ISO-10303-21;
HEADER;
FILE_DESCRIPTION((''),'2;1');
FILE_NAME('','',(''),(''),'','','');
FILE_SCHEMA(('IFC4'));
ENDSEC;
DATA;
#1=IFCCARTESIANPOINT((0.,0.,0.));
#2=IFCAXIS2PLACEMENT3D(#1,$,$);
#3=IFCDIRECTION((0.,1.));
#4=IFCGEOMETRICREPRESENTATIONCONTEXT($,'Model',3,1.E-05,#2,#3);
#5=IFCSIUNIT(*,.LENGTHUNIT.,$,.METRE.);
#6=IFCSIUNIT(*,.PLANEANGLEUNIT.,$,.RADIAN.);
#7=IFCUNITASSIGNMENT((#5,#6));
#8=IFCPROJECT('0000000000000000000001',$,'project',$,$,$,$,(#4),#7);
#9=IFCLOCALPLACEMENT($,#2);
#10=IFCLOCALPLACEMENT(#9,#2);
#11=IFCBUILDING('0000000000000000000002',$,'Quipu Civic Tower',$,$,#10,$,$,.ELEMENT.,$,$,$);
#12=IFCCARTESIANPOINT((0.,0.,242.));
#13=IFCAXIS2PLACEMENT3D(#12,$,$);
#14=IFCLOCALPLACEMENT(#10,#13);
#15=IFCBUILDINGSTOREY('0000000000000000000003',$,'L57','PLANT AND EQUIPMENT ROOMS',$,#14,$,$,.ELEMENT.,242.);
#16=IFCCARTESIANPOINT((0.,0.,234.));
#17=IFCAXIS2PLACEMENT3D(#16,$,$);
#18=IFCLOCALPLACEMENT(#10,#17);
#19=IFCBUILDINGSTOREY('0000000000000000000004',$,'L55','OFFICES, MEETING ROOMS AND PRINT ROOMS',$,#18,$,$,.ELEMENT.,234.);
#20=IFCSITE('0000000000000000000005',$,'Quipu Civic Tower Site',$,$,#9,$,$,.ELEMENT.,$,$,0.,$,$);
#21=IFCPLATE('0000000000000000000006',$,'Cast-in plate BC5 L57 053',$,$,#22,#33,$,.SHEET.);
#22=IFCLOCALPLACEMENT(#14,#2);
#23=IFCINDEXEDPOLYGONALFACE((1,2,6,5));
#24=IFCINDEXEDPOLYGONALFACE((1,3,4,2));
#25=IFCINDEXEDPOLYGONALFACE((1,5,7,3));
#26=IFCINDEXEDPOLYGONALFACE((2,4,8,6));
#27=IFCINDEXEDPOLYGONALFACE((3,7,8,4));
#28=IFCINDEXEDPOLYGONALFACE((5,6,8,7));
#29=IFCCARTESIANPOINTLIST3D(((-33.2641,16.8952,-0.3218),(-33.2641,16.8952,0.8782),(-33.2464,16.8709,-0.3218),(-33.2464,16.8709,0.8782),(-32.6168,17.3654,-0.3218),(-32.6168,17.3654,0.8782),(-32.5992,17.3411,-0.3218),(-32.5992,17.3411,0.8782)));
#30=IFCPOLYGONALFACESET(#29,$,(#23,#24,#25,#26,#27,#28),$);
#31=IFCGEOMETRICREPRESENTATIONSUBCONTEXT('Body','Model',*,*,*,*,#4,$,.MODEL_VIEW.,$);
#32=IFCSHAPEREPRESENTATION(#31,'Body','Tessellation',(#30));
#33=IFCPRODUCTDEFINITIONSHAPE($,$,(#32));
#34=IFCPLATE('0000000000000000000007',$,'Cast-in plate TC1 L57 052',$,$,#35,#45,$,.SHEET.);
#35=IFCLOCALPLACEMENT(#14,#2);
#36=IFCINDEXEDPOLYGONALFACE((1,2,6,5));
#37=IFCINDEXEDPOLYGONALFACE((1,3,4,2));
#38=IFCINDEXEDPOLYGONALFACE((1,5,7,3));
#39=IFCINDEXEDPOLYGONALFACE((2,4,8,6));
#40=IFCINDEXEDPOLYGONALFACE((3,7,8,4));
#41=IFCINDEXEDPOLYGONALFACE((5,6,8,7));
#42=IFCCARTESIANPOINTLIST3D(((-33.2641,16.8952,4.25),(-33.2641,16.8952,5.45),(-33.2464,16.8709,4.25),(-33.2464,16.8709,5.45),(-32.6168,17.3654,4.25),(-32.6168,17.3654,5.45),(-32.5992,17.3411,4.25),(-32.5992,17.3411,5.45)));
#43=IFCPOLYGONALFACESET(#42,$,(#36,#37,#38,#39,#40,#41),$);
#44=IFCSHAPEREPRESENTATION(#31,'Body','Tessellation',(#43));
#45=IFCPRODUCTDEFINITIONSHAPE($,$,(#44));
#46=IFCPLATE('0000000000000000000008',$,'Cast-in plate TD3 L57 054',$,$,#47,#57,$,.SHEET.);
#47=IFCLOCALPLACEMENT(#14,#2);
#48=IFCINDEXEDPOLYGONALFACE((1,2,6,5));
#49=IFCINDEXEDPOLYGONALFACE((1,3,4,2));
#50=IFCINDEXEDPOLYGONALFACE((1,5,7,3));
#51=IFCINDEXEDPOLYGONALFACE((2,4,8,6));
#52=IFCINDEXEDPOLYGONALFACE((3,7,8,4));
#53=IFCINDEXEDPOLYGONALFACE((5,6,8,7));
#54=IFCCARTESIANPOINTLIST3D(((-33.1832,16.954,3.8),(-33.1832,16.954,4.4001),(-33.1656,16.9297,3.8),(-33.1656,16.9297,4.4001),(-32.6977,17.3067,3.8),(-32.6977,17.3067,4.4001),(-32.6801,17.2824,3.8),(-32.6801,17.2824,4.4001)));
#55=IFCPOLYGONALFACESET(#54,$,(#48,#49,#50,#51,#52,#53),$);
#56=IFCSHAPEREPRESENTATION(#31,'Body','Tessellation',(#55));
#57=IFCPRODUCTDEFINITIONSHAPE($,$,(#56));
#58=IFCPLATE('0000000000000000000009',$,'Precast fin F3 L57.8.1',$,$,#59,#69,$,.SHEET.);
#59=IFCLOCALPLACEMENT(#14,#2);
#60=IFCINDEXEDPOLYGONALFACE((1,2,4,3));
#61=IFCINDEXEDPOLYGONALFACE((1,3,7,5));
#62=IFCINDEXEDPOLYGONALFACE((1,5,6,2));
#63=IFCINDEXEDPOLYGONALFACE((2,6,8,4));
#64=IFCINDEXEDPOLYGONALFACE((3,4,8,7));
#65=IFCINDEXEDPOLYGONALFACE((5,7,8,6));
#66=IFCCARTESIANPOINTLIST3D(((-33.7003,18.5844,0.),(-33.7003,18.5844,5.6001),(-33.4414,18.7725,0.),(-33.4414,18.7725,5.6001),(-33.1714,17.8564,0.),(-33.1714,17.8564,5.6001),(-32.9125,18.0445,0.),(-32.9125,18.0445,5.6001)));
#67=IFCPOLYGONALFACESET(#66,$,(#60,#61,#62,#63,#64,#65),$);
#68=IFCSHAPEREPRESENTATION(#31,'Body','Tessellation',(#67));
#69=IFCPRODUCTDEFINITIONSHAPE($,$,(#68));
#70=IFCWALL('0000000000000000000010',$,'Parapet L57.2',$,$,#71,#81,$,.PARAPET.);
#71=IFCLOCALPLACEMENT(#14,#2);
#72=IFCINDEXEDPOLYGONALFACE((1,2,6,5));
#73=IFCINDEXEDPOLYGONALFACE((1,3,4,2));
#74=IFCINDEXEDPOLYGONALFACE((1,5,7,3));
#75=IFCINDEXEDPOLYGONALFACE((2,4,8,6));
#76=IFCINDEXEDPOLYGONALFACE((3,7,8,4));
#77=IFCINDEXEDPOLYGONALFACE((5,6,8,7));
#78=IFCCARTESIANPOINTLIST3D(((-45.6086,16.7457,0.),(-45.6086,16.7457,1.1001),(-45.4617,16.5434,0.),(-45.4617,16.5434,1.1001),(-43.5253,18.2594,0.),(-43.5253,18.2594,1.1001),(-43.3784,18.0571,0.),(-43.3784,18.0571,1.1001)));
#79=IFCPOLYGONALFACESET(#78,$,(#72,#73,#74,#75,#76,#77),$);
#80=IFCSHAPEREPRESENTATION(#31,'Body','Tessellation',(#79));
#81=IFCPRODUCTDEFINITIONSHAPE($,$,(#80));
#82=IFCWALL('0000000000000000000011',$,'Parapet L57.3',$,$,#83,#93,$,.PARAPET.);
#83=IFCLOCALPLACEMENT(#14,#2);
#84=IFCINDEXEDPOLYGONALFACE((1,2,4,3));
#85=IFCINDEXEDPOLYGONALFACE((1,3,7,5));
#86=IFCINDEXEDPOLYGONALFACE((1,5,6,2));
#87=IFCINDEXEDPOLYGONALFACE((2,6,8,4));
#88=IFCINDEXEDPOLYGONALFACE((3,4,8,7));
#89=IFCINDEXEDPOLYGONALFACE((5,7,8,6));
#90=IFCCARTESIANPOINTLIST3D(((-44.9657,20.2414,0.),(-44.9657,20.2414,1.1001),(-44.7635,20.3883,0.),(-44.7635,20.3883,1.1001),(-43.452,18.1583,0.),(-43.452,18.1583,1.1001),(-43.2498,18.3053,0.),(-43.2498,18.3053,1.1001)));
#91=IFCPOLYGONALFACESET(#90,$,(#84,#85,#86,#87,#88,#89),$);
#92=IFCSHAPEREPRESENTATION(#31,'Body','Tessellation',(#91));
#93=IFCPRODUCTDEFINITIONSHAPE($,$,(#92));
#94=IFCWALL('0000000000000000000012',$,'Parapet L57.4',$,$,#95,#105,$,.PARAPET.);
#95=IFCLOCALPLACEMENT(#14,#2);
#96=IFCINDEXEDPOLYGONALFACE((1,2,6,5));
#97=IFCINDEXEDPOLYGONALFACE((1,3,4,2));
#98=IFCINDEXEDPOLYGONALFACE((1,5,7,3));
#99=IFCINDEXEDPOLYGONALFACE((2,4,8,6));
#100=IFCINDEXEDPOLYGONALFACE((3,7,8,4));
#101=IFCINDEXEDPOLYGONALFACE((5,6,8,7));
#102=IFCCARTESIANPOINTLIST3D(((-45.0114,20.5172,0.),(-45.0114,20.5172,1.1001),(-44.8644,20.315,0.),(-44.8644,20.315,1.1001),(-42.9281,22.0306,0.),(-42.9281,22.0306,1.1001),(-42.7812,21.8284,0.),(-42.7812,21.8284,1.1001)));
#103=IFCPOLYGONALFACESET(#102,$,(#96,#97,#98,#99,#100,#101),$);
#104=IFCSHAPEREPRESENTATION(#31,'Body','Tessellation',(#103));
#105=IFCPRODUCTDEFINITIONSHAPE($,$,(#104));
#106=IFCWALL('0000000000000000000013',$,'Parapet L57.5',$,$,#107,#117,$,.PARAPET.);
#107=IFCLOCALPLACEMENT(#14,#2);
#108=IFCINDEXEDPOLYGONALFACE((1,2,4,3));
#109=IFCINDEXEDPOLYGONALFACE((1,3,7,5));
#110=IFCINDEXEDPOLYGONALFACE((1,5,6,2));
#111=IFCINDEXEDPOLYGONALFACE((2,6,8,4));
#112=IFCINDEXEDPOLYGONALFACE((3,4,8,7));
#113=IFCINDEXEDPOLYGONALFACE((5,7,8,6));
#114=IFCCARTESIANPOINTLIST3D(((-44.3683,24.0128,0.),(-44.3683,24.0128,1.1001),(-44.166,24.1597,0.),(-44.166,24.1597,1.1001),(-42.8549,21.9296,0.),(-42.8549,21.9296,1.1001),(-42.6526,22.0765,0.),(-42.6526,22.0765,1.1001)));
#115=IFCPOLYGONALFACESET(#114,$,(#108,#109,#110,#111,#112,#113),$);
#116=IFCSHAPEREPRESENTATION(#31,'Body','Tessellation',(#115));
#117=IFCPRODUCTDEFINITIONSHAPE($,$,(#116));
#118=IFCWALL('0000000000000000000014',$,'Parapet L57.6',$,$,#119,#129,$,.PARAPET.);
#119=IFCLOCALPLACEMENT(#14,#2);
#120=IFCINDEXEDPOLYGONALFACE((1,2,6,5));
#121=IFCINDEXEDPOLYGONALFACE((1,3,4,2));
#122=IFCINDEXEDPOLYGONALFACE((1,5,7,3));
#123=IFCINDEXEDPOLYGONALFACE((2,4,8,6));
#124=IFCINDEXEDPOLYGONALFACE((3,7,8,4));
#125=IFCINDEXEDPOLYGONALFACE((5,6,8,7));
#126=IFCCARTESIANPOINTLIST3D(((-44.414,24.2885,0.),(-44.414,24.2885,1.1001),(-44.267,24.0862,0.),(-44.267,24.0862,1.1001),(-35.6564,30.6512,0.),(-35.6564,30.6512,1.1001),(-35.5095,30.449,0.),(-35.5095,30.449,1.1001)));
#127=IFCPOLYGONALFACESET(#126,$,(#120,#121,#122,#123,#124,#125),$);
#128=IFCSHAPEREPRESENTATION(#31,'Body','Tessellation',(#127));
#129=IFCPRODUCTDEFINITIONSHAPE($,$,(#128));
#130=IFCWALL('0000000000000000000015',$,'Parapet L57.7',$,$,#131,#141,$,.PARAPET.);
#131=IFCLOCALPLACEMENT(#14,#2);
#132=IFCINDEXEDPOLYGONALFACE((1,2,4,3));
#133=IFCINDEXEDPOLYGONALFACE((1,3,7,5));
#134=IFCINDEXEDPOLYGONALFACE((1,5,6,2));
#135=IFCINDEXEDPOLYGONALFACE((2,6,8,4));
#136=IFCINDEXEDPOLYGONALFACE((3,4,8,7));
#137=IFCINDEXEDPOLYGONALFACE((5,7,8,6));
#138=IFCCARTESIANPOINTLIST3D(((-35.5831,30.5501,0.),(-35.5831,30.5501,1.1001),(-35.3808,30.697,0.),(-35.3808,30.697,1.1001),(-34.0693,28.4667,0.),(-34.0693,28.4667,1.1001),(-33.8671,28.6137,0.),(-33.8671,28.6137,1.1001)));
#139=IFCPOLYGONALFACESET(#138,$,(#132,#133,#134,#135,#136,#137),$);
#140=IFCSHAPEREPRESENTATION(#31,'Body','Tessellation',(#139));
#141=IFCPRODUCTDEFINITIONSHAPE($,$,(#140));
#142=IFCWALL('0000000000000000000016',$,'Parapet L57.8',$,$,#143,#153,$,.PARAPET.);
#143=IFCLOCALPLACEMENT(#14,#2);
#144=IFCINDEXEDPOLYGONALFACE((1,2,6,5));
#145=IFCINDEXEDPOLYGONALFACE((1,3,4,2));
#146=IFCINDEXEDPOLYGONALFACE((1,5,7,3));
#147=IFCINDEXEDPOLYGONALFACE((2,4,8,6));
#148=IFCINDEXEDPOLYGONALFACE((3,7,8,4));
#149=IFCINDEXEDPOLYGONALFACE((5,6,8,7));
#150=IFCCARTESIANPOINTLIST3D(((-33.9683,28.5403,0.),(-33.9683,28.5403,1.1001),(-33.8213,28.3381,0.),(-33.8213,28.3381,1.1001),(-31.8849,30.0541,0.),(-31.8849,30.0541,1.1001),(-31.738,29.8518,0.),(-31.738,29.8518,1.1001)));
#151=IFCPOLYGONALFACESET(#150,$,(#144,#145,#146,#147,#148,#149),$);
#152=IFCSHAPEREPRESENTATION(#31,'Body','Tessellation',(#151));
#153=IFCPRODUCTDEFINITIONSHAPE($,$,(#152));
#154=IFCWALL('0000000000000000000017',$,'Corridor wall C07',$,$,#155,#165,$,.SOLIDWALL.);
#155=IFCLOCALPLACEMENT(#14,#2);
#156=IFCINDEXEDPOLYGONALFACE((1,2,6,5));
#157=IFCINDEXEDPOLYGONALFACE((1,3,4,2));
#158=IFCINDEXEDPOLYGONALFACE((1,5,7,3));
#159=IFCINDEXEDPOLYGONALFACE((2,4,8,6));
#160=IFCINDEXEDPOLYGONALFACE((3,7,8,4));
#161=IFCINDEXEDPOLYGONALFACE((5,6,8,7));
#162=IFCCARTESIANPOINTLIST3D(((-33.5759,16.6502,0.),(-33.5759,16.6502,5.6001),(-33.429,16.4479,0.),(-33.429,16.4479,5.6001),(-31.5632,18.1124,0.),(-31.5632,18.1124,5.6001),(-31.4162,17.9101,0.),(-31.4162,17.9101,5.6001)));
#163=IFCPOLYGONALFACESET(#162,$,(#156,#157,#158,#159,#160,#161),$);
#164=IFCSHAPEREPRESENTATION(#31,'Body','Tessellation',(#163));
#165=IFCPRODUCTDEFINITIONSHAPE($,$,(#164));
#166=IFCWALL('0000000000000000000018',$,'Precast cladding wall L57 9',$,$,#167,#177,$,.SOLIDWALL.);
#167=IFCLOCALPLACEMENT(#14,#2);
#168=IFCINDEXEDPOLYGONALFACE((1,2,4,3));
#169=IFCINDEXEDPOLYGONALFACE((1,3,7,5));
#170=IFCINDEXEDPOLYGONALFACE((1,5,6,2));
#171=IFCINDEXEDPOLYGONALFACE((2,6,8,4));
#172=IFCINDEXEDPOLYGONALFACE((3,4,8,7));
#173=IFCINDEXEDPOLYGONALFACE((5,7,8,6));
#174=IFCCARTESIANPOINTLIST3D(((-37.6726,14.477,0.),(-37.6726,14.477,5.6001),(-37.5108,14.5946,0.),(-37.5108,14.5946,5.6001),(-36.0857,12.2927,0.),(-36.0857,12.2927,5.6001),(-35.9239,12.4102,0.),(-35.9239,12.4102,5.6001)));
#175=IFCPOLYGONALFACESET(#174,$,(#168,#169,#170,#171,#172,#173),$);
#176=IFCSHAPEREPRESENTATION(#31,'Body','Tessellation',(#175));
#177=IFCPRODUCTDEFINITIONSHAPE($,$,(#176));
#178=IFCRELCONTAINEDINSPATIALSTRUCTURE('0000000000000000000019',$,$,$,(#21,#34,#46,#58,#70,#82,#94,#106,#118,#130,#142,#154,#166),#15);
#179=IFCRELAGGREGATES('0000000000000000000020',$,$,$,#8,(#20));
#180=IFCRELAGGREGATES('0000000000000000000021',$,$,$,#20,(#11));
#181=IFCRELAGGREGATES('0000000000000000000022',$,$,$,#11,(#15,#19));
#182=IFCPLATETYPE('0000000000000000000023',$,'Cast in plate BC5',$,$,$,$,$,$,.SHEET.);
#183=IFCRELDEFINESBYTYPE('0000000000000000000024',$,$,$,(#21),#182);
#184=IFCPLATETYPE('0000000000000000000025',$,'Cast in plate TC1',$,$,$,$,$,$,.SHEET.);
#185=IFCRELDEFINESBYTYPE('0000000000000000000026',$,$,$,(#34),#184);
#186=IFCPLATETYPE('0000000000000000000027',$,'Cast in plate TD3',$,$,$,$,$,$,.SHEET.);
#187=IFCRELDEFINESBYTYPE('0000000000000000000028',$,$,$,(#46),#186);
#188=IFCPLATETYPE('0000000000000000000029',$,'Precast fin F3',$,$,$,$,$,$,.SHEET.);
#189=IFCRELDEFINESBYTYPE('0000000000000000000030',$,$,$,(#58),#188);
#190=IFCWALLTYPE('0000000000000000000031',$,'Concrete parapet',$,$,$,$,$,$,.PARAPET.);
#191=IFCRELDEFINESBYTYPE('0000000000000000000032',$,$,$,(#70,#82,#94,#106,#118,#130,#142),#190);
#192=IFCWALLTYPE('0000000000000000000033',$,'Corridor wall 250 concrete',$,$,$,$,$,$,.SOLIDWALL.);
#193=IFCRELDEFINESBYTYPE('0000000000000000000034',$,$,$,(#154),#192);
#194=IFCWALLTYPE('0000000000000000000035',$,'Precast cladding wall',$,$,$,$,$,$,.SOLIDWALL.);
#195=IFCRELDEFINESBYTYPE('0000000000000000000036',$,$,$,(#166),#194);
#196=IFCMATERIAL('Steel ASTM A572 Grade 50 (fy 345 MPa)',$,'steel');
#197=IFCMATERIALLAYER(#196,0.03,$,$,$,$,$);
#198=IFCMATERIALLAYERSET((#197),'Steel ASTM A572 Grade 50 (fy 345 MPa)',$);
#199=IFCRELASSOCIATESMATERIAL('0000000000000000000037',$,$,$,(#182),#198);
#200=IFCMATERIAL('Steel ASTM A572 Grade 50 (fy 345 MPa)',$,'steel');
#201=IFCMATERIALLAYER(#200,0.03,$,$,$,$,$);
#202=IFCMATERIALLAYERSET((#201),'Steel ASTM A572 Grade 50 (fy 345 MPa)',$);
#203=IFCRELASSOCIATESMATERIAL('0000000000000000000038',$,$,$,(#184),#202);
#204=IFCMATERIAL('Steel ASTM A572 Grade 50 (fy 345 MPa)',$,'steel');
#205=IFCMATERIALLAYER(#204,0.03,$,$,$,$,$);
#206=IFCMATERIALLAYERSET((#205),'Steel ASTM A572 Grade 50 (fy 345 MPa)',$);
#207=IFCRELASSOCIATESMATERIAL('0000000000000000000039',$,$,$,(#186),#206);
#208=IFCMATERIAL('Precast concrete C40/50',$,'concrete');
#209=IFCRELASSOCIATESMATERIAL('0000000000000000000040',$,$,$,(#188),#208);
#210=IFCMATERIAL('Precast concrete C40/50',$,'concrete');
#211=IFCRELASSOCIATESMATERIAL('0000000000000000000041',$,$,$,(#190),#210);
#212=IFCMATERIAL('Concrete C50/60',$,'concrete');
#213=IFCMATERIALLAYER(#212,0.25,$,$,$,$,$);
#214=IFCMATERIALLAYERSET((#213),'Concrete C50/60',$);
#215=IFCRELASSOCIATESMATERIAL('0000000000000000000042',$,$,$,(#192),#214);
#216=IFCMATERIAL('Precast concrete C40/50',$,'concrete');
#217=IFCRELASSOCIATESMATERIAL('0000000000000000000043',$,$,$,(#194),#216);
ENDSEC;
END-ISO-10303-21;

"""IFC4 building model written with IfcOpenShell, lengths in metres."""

from ifc_helpers import new_model, si_unit, direction, frame, frame_2d, origin, origin_2d, place, context, subcontext, project, spatial, rectangle, extrude, material, layer, layer_set, type_object, element, save


model = new_model("IFC4")

# Units and contexts
model_context = context("Model", 3, precision=1e-05, world=origin(), true_north=direction((0.0, 1.0)))
body_context = subcontext(model_context, "Body", "Model", "MODEL_VIEW")
ifc_project = project(units=[si_unit("LENGTHUNIT", "METRE"), si_unit("PLANEANGLEUNIT", "RADIAN")], contexts=[model_context])

# Site, building, storey
site_placement = place(None, origin())
site = spatial("IfcSite", under=ifc_project, at=site_placement, Name="Quipu Civic Tower Site", CompositionType="ELEMENT", RefElevation=0.0)
building_placement = place(site_placement, origin())
building = spatial("IfcBuilding", under=site, at=building_placement, Name="Quipu Civic Tower", CompositionType="ELEMENT")
storey_1_placement = place(building_placement, frame((0.0, 0.0, 242.0)))
storey_1 = spatial("IfcBuildingStorey", under=building, at=storey_1_placement, Name="L57", Description="PLANT AND EQUIPMENT ROOMS", CompositionType="ELEMENT", Elevation=242.0)

# Shared definitions
storey_2_placement = place(building_placement, frame((0.0, 0.0, 234.0)))
storey_2 = spatial("IfcBuildingStorey", under=building, at=storey_2_placement, Name="L55", Description="OFFICES, MEETING ROOMS AND PRINT ROOMS", CompositionType="ELEMENT", Elevation=234.0)

# Plates
ifc_material_1 = material(Name="Steel ASTM A572 Grade 50 (fy 345 MPa)", Category="steel")
ifc_layer_1 = layer(ifc_material_1, 0.03)
ifc_layer_set_1 = layer_set([ifc_layer_1], Name="Steel ASTM A572 Grade 50 (fy 345 MPa)")
plate_type_1 = type_object("IfcPlateType", Name="Cast in plate BC5", PredefinedType="SHEET", material=ifc_layer_set_1)
plate_1_placement = place(storey_1_placement, frame((-32.9316, 17.1182, -0.3218), z_axis=(0.0, 0.0, 1.0), x_axis=(0.809027, 0.587771, 0.0)))
element("IfcPlate", 1, at=plate_1_placement, inside=storey_1, type_object=plate_type_1, Name="Cast-in plate BC5 L57 053", PredefinedType="SHEET", context=body_context, shape_type="SweptSolid", body=[
    extrude(rectangle(XDim=0.8, YDim=0.03, at=origin_2d()), origin(), (0.0, 0.0, 1.0), 1.2),
])
ifc_material_2 = material(Name="Steel ASTM A572 Grade 50 (fy 345 MPa)", Category="steel")
ifc_layer_2 = layer(ifc_material_2, 0.03)
ifc_layer_set_2 = layer_set([ifc_layer_2], Name="Steel ASTM A572 Grade 50 (fy 345 MPa)")
plate_type_2 = type_object("IfcPlateType", Name="Cast in plate TC1", PredefinedType="SHEET", material=ifc_layer_set_2)
plate_2_placement = place(storey_1_placement, frame((-32.9316, 17.1182, 4.25), z_axis=(0.0, 0.0, 1.0), x_axis=(0.809027, 0.587771, 0.0)))
element("IfcPlate", 2, at=plate_2_placement, inside=storey_1, type_object=plate_type_2, Name="Cast-in plate TC1 L57 052", PredefinedType="SHEET", context=body_context, shape_type="SweptSolid", body=[
    extrude(rectangle(XDim=0.8, YDim=0.03, at=origin_2d()), origin(), (0.0, 0.0, 1.0), 1.2),
])
ifc_material_3 = material(Name="Steel ASTM A572 Grade 50 (fy 345 MPa)", Category="steel")
ifc_layer_3 = layer(ifc_material_3, 0.03)
ifc_layer_set_3 = layer_set([ifc_layer_3], Name="Steel ASTM A572 Grade 50 (fy 345 MPa)")
plate_type_3 = type_object("IfcPlateType", Name="Cast in plate TD3", PredefinedType="SHEET", material=ifc_layer_set_3)
plate_3_placement = place(storey_1_placement, frame((-32.9316, 17.1182, 3.8), z_axis=(0.0, 0.0, 1.0), x_axis=(0.809027, 0.587771, 0.0)))
element("IfcPlate", 3, at=plate_3_placement, inside=storey_1, type_object=plate_type_3, Name="Cast-in plate TD3 L57 054", PredefinedType="SHEET", context=body_context, shape_type="SweptSolid", body=[
    extrude(rectangle(XDim=0.6001, YDim=0.03, at=origin_2d()), origin(), (0.0, 0.0, 1.0), 0.6001),
])
ifc_material_4 = material(Name="Precast concrete C40/50", Category="concrete")
plate_type_4 = type_object("IfcPlateType", Name="Precast fin F3", PredefinedType="SHEET", material=ifc_material_4)
plate_4_placement = place(storey_1_placement, frame((-33.3064, 18.3145, 0.0), z_axis=(0.0, 0.0, 1.0), x_axis=(-0.809017, -0.587785, 0.0)))
element("IfcPlate", 4, at=plate_4_placement, inside=storey_1, type_object=plate_type_4, Name="Precast fin F3 L57.8.1", PredefinedType="SHEET", context=body_context, shape_type="SweptSolid", body=[
    extrude(rectangle(XDim=0.3201, YDim=0.8999, at=origin_2d()), origin(), (0.0, 0.0, 1.0), 5.6001),
])

# Walls
ifc_material_5 = material(Name="Precast concrete C40/50", Category="concrete")
wall_type_1 = type_object("IfcWallType", Name="Concrete parapet", PredefinedType="PARAPET", material=ifc_material_5)
wall_1_placement = place(storey_1_placement, frame((-45.5352, 16.6445, 0.0), z_axis=(0.0, 0.0, 1.0), x_axis=(0.808998, 0.587811, 0.0)))
element("IfcWall", 5, at=wall_1_placement, inside=storey_1, type_object=wall_type_1, Name="Parapet L57.2", PredefinedType="PARAPET", context=body_context, shape_type="SweptSolid", body=[
    extrude(rectangle(XDim=2.5752, YDim=0.25, at=frame_2d((1.2876, 0.0))), origin(), (0.0, 0.0, 1.0), 1.1001),
])
for number, where, z_axis, x_axis, name in (
    (6, (-43.3508, 18.2317, 0.0), (0.0, 0.0, 1.0), (-0.587856, 0.808966, 0.0), "Parapet L57.3"),
    (7, (-44.938, 20.416, 0.0), (0.0, 0.0, 1.0), (0.809043, 0.587749, 0.0), "Parapet L57.4"),
    (8, (-42.7537, 22.0029, 0.0), (0.0, 0.0, 1.0), (-0.587749, 0.809043, 0.0), "Parapet L57.5"),
):
    element("IfcWall", number, at=place(storey_1_placement, frame(where, z_axis=z_axis, x_axis=x_axis)), inside=storey_1, type_object=wall_type_1, Name=name, PredefinedType="PARAPET", context=body_context, shape_type="SweptSolid", body=[
        extrude(rectangle(XDim=2.575, YDim=0.25, at=frame_2d((1.2876, 0.0))), origin(), (0.0, 0.0, 1.0), 1.1001),
    ])
wall_2_placement = place(storey_1_placement, frame((-44.3406, 24.1873, 0.0), z_axis=(0.0, 0.0, 1.0), x_axis=(0.809015, 0.587788, 0.0)))
element("IfcWall", 9, at=wall_2_placement, inside=storey_1, type_object=wall_type_1, Name="Parapet L57.6", PredefinedType="PARAPET", context=body_context, shape_type="SweptSolid", body=[
    extrude(rectangle(XDim=10.825, YDim=0.25, at=frame_2d((5.4126, 0.0))), origin(), (0.0, 0.0, 1.0), 1.1001),
])
for number, where, z_axis, x_axis, name in (
    (10, (-35.4819, 30.6235, 0.0), (0.0, 0.0, 1.0), (0.587811, -0.808998, 0.0), "Parapet L57.7"),
    (11, (-33.8948, 28.4392, 0.0), (0.0, 0.0, 1.0), (0.808998, 0.587811, 0.0), "Parapet L57.8"),
):
    element("IfcWall", number, at=place(storey_1_placement, frame(where, z_axis=z_axis, x_axis=x_axis)), inside=storey_1, type_object=wall_type_1, Name=name, PredefinedType="PARAPET", context=body_context, shape_type="SweptSolid", body=[
        extrude(rectangle(XDim=2.5752, YDim=0.25, at=frame_2d((1.2876, 0.0))), origin(), (0.0, 0.0, 1.0), 1.1001),
    ])
ifc_material_6 = material(Name="Concrete C50/60", Category="concrete")
ifc_layer_4 = layer(ifc_material_6, 0.25)
ifc_layer_set_4 = layer_set([ifc_layer_4], Name="Concrete C50/60")
wall_type_2 = type_object("IfcWallType", Name="Corridor wall 250 concrete", PredefinedType="SOLIDWALL", material=ifc_layer_set_4)
wall_3_placement = place(storey_1_placement, frame((-33.5024, 16.5491, 0.0), z_axis=(0.0, 0.0, 1.0), x_axis=(0.809046, 0.587746, 0.0)))
element("IfcWall", 12, at=wall_3_placement, inside=storey_1, type_object=wall_type_2, Name="Corridor wall C07", PredefinedType="SOLIDWALL", context=body_context, shape_type="SweptSolid", body=[
    extrude(rectangle(XDim=2.4878, YDim=0.25, at=frame_2d((1.2439, 0.0))), origin(), (0.0, 0.0, 1.0), 5.6001),
])
ifc_material_7 = material(Name="Precast concrete C40/50", Category="concrete")
wall_type_3 = type_object("IfcWallType", Name="Precast cladding wall", PredefinedType="SOLIDWALL", material=ifc_material_7)
wall_4_placement = place(storey_1_placement, frame((-37.5918, 14.5359, 0.0), z_axis=(0.0, 0.0, 1.0), x_axis=(0.587763, -0.809033, 0.0)))
element("IfcWall", 13, at=wall_4_placement, inside=storey_1, type_object=wall_type_3, Name="Precast cladding wall L57 9", PredefinedType="SOLIDWALL", context=body_context, shape_type="SweptSolid", body=[
    extrude(rectangle(XDim=2.7, YDim=0.2, at=frame_2d((1.3501, 0.0))), origin(), (0.0, 0.0, 1.0), 5.6001),
])

save(model, "model.ifc")
